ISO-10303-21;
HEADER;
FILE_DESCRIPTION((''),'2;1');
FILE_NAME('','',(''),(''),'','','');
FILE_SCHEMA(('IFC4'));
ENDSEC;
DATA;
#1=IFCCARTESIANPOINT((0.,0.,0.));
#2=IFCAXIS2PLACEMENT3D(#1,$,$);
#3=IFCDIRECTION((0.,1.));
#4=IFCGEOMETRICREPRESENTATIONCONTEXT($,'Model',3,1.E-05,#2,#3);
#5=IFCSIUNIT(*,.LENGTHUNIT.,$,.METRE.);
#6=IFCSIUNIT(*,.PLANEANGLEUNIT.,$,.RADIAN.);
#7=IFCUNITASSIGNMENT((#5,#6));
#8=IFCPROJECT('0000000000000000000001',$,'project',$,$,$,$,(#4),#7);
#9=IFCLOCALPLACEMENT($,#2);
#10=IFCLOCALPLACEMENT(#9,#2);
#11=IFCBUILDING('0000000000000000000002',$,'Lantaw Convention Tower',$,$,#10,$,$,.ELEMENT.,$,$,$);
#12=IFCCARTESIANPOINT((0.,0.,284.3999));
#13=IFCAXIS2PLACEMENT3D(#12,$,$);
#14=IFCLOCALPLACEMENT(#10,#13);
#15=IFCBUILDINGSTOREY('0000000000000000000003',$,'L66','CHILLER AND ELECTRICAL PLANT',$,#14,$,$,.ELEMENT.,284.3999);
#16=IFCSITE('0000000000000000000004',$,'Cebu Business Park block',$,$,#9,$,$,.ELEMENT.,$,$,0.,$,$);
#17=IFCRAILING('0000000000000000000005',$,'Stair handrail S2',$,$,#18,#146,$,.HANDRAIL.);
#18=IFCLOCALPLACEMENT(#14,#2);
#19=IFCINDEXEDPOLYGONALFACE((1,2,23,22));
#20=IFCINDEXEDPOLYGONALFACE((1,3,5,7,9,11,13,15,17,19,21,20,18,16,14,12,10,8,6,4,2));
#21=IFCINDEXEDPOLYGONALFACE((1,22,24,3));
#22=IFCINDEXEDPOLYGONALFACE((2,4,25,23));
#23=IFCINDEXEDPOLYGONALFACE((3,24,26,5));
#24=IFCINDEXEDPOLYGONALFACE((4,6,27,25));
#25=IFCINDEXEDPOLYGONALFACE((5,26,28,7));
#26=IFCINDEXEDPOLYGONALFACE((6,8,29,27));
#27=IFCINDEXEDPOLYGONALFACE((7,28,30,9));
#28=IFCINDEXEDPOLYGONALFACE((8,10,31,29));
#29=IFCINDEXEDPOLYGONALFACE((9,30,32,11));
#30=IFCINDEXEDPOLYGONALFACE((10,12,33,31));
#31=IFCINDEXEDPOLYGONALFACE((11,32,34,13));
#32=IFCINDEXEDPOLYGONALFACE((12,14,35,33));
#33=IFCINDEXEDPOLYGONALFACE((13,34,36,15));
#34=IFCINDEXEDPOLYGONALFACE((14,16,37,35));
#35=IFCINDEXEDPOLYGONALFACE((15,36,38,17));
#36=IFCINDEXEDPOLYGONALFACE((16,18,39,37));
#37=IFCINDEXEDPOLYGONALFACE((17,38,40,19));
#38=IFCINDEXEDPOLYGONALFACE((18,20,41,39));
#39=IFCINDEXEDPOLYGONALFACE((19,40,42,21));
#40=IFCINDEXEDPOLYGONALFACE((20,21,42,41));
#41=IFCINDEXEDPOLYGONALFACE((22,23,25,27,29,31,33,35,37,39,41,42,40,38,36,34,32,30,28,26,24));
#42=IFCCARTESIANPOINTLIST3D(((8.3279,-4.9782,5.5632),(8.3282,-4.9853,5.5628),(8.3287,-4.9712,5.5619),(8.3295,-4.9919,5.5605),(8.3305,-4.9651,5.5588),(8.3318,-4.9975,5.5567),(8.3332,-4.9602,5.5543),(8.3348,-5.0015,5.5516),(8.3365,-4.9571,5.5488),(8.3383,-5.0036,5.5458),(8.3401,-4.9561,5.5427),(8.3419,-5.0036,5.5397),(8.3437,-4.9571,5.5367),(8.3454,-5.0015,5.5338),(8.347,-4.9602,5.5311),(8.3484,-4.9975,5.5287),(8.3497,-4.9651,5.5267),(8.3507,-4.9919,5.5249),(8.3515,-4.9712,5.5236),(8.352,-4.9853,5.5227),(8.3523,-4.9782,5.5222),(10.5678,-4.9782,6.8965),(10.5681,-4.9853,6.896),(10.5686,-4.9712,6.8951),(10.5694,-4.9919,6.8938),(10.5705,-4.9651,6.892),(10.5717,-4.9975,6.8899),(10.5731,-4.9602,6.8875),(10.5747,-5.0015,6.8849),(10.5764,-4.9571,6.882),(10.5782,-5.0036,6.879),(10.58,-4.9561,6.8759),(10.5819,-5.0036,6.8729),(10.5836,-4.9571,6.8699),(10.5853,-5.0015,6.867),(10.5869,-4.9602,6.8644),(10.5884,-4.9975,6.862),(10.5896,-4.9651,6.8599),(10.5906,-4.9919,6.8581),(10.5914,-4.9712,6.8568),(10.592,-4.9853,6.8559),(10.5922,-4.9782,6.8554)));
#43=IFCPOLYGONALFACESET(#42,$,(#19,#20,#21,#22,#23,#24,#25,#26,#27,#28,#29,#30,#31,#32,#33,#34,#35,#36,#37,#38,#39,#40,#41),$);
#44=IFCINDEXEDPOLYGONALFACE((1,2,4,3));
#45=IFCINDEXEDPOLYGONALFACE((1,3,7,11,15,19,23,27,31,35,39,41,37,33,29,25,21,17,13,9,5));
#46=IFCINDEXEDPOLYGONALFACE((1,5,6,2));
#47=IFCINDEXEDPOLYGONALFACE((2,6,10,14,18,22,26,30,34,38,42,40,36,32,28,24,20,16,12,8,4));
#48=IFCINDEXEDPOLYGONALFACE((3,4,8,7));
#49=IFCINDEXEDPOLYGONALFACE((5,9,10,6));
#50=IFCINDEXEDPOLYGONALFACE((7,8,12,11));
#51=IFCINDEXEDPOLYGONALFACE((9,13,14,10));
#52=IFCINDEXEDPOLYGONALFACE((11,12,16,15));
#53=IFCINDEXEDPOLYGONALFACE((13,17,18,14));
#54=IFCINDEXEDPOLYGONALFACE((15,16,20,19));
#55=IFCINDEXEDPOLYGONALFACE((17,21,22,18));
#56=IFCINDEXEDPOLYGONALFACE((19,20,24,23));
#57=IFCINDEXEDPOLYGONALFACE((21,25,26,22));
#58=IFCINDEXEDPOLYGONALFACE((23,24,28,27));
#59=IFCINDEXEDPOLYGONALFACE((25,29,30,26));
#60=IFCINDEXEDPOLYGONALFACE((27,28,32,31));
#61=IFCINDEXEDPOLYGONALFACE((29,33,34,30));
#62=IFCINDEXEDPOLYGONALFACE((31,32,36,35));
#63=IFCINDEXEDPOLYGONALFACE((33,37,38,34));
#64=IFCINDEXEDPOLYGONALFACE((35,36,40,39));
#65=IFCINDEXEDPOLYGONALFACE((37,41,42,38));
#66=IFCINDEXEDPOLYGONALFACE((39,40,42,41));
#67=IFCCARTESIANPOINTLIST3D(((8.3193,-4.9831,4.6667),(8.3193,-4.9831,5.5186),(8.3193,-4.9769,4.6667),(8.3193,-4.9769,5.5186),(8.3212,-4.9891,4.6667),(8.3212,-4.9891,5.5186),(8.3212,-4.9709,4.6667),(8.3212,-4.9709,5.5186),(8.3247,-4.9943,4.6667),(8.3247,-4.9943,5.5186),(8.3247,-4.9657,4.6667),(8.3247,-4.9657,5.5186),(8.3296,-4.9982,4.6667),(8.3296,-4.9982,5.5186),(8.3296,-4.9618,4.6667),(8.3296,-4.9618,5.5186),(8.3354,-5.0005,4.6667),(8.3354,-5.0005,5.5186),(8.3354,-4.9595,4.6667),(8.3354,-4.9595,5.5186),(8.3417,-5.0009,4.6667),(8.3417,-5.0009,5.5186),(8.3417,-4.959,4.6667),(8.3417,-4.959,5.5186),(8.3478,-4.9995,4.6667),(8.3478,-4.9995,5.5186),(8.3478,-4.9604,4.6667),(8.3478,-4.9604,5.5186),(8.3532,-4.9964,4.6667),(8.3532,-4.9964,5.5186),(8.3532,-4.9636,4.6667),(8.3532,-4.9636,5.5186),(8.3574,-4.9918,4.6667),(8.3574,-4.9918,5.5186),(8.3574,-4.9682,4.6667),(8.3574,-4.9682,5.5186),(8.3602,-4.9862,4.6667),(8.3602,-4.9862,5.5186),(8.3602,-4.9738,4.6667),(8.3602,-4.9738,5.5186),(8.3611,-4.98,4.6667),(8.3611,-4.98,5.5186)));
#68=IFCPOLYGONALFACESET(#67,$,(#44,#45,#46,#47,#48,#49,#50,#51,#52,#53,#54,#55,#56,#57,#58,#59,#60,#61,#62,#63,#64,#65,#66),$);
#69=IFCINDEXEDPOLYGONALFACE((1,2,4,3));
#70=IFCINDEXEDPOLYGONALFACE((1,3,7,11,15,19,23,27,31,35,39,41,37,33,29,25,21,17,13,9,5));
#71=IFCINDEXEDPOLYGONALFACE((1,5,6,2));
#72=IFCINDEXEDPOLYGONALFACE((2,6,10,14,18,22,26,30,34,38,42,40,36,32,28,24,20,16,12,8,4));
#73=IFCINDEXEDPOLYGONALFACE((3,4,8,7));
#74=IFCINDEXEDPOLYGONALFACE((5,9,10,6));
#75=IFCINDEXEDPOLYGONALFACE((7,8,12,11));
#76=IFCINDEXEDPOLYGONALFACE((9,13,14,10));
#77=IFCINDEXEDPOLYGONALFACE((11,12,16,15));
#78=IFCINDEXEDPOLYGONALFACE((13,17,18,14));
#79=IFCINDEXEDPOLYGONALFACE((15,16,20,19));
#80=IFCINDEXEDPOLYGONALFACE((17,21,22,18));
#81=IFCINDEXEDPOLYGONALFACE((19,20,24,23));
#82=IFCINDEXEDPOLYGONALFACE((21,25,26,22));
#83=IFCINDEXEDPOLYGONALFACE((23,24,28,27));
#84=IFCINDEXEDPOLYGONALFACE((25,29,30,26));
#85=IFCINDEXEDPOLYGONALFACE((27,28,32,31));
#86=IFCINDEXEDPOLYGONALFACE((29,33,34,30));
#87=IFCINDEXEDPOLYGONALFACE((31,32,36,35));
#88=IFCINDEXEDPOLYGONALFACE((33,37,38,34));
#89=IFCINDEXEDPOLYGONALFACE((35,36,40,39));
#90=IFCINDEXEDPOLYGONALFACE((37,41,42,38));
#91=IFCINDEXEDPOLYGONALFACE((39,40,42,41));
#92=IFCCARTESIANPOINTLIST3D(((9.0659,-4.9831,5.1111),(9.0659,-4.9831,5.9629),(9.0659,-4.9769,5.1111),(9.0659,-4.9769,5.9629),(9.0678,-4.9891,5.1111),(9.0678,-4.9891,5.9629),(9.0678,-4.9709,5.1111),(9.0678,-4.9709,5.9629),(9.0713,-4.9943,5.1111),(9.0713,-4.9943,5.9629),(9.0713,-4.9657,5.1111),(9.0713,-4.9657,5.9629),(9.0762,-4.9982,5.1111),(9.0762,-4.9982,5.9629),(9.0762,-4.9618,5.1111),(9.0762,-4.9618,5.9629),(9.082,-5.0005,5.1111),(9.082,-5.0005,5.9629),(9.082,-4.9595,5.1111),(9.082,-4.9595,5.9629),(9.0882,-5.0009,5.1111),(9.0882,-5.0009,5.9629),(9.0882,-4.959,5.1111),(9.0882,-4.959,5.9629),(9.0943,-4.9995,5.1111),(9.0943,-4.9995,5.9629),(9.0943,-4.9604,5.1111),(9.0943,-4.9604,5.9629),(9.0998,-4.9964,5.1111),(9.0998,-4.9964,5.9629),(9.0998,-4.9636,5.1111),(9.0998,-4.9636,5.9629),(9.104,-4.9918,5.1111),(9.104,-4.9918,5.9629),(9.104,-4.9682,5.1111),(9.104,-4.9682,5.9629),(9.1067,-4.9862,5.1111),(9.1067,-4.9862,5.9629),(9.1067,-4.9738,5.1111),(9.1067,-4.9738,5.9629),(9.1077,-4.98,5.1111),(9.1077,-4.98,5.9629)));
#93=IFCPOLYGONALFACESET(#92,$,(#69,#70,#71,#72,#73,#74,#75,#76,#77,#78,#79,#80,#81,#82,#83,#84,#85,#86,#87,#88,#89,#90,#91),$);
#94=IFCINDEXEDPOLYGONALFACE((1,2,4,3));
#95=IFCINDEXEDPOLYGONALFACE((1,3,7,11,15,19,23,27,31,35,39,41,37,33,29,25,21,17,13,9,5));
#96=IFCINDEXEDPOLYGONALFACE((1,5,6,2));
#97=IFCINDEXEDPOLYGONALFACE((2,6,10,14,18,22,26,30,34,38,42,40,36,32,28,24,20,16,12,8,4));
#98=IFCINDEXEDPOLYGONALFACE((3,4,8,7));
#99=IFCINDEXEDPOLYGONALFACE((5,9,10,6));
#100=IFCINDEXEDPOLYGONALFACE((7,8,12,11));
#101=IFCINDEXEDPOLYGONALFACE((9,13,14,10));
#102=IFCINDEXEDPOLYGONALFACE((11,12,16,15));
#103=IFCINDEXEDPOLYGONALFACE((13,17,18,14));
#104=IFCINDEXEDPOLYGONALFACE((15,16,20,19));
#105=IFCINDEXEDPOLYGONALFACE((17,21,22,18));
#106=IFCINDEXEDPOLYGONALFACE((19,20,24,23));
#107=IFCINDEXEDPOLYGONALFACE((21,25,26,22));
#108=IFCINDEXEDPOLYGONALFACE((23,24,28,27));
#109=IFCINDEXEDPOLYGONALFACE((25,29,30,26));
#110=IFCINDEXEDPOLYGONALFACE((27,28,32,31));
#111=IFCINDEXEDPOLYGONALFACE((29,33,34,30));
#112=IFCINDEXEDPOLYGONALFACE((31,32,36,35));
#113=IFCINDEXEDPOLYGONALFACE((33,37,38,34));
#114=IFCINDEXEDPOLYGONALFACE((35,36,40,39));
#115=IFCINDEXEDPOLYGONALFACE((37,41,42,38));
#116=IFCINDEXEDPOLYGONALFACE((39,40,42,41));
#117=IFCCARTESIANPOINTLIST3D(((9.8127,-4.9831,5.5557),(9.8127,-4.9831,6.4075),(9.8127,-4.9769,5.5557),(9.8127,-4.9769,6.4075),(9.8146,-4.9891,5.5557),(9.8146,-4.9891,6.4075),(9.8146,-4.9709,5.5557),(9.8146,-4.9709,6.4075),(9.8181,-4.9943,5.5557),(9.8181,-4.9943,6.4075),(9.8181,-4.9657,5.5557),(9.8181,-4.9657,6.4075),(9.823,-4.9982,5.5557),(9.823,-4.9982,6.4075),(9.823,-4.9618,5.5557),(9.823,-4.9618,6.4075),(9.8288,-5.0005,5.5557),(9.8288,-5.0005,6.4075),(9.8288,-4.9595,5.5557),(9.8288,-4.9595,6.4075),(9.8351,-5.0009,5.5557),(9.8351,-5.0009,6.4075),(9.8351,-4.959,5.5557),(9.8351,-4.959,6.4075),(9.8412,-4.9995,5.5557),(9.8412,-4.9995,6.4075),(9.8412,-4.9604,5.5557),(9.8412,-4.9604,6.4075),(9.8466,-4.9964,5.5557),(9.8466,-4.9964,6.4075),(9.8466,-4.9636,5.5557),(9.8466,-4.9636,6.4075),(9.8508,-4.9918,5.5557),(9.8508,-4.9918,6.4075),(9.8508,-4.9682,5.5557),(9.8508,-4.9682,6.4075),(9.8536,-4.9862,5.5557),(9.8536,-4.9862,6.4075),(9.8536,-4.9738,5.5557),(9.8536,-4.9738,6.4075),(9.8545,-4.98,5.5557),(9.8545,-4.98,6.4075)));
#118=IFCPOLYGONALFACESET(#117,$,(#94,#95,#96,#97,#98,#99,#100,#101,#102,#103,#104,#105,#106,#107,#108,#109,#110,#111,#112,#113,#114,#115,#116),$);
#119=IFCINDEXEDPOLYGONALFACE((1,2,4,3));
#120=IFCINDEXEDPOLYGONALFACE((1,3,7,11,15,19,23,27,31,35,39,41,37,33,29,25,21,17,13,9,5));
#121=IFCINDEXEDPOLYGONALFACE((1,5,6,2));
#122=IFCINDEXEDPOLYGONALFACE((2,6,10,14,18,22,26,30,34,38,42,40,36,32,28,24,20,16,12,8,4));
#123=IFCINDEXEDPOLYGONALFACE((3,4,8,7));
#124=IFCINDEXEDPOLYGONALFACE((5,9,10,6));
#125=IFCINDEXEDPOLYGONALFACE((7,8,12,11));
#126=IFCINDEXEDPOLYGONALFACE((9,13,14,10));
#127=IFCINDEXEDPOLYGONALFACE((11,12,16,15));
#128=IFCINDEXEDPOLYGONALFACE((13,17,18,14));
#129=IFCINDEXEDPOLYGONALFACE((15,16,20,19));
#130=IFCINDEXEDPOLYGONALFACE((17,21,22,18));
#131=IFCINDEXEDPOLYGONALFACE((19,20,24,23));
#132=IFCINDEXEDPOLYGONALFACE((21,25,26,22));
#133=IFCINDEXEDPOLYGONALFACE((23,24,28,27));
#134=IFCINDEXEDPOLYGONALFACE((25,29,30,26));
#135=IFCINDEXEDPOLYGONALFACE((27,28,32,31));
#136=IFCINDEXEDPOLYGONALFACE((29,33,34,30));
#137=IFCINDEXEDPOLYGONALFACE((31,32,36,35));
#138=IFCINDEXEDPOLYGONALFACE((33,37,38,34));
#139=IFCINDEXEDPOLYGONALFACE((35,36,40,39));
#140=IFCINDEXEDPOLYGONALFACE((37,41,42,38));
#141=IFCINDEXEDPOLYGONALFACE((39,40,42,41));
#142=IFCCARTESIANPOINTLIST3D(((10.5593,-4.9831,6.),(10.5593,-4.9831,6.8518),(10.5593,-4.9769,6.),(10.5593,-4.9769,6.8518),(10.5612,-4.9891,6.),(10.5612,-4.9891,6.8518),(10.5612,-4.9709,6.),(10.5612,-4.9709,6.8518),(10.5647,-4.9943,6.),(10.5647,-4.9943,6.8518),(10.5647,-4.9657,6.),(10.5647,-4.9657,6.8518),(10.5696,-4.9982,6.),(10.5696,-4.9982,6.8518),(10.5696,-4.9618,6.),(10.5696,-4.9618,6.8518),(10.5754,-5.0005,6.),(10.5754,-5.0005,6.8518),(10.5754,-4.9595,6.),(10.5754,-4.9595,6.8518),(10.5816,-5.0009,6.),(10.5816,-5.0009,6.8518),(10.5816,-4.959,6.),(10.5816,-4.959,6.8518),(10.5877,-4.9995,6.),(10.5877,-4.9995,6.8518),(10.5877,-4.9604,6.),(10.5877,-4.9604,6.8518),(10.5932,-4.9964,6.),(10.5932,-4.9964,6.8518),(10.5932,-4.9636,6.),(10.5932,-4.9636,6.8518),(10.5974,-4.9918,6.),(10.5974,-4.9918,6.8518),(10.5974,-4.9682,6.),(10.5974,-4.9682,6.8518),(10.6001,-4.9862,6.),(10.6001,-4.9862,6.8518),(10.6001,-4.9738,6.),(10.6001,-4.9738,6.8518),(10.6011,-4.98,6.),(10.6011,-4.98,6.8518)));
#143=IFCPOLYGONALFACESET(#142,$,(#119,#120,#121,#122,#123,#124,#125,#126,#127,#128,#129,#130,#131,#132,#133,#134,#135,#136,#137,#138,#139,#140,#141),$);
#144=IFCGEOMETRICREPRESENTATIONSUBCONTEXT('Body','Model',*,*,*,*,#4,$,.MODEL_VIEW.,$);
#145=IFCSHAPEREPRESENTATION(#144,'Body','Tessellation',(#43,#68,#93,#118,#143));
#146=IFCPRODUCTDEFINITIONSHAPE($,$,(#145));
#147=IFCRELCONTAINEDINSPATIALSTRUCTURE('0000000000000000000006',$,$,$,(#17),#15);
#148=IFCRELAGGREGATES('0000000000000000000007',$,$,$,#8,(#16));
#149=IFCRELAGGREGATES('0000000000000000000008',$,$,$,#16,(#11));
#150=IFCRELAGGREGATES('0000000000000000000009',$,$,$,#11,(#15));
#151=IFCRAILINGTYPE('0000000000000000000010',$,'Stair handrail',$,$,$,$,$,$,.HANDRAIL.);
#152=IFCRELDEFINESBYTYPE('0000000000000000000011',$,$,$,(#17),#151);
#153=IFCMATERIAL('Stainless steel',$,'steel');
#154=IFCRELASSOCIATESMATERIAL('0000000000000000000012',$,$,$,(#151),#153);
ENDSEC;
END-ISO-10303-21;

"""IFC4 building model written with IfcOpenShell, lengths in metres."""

from ifc_helpers import new_model, si_unit, direction, frame, origin, origin_2d, place, context, subcontext, project, spatial, circle, extrude, material, type_object, element, save


model = new_model("IFC4")

# Units and contexts
model_context = context("Model", 3, precision=1e-05, world=origin(), true_north=direction((0.0, 1.0)))
body_context = subcontext(model_context, "Body", "Model", "MODEL_VIEW")
ifc_project = project(units=[si_unit("LENGTHUNIT", "METRE"), si_unit("PLANEANGLEUNIT", "RADIAN")], contexts=[model_context])

# Site, building, storey
site_placement = place(None, origin())
site = spatial("IfcSite", under=ifc_project, at=site_placement, Name="Cebu Business Park block", CompositionType="ELEMENT", RefElevation=0.0)
building_placement = place(site_placement, origin())
building = spatial("IfcBuilding", under=site, at=building_placement, Name="Lantaw Convention Tower", CompositionType="ELEMENT")
storey_placement = place(building_placement, frame((0.0, 0.0, 284.3999)))
storey = spatial("IfcBuildingStorey", under=building, at=storey_placement, Name="L66", Description="CHILLER AND ELECTRICAL PLANT", CompositionType="ELEMENT", Elevation=284.3999)

# Railing
ifc_material_1 = material(Name="Stainless steel", Category="steel")
railing_type = type_object("IfcRailingType", Name="Stair handrail", PredefinedType="HANDRAIL", material=ifc_material_1)
railing_1_placement = place(storey_placement, frame((8.3401, -4.98, 4.6667)))
element("IfcRailing", 1, at=railing_1_placement, inside=storey, type_object=railing_type, Name="Stair handrail S2", PredefinedType="HANDRAIL", context=body_context, shape_type="SweptSolid", body=[
    extrude(circle(Radius=0.0239, at=origin_2d()), frame((0.0, 0.0, 0.876), z_axis=(0.859306, 0.0, 0.511462), x_axis=(0.0, 1.0, 0.0)), (0.0, 0.0, 1.0), 2.6067),
    extrude(circle(Radius=0.021, at=origin_2d()), origin(), (0.0, 0.0, 1.0), 0.8518),
    extrude(circle(Radius=0.021, at=origin_2d()), frame((0.7466, 0.0, 0.4443)), (0.0, 0.0, 1.0), 0.8518),
    extrude(circle(Radius=0.021, at=origin_2d()), frame((1.4934, 0.0, 0.8889)), (0.0, 0.0, 1.0), 0.8518),
    extrude(circle(Radius=0.021, at=origin_2d()), frame((2.24, 0.0, 1.3333)), (0.0, 0.0, 1.0), 0.8518),
])

save(model, "model.ifc")
